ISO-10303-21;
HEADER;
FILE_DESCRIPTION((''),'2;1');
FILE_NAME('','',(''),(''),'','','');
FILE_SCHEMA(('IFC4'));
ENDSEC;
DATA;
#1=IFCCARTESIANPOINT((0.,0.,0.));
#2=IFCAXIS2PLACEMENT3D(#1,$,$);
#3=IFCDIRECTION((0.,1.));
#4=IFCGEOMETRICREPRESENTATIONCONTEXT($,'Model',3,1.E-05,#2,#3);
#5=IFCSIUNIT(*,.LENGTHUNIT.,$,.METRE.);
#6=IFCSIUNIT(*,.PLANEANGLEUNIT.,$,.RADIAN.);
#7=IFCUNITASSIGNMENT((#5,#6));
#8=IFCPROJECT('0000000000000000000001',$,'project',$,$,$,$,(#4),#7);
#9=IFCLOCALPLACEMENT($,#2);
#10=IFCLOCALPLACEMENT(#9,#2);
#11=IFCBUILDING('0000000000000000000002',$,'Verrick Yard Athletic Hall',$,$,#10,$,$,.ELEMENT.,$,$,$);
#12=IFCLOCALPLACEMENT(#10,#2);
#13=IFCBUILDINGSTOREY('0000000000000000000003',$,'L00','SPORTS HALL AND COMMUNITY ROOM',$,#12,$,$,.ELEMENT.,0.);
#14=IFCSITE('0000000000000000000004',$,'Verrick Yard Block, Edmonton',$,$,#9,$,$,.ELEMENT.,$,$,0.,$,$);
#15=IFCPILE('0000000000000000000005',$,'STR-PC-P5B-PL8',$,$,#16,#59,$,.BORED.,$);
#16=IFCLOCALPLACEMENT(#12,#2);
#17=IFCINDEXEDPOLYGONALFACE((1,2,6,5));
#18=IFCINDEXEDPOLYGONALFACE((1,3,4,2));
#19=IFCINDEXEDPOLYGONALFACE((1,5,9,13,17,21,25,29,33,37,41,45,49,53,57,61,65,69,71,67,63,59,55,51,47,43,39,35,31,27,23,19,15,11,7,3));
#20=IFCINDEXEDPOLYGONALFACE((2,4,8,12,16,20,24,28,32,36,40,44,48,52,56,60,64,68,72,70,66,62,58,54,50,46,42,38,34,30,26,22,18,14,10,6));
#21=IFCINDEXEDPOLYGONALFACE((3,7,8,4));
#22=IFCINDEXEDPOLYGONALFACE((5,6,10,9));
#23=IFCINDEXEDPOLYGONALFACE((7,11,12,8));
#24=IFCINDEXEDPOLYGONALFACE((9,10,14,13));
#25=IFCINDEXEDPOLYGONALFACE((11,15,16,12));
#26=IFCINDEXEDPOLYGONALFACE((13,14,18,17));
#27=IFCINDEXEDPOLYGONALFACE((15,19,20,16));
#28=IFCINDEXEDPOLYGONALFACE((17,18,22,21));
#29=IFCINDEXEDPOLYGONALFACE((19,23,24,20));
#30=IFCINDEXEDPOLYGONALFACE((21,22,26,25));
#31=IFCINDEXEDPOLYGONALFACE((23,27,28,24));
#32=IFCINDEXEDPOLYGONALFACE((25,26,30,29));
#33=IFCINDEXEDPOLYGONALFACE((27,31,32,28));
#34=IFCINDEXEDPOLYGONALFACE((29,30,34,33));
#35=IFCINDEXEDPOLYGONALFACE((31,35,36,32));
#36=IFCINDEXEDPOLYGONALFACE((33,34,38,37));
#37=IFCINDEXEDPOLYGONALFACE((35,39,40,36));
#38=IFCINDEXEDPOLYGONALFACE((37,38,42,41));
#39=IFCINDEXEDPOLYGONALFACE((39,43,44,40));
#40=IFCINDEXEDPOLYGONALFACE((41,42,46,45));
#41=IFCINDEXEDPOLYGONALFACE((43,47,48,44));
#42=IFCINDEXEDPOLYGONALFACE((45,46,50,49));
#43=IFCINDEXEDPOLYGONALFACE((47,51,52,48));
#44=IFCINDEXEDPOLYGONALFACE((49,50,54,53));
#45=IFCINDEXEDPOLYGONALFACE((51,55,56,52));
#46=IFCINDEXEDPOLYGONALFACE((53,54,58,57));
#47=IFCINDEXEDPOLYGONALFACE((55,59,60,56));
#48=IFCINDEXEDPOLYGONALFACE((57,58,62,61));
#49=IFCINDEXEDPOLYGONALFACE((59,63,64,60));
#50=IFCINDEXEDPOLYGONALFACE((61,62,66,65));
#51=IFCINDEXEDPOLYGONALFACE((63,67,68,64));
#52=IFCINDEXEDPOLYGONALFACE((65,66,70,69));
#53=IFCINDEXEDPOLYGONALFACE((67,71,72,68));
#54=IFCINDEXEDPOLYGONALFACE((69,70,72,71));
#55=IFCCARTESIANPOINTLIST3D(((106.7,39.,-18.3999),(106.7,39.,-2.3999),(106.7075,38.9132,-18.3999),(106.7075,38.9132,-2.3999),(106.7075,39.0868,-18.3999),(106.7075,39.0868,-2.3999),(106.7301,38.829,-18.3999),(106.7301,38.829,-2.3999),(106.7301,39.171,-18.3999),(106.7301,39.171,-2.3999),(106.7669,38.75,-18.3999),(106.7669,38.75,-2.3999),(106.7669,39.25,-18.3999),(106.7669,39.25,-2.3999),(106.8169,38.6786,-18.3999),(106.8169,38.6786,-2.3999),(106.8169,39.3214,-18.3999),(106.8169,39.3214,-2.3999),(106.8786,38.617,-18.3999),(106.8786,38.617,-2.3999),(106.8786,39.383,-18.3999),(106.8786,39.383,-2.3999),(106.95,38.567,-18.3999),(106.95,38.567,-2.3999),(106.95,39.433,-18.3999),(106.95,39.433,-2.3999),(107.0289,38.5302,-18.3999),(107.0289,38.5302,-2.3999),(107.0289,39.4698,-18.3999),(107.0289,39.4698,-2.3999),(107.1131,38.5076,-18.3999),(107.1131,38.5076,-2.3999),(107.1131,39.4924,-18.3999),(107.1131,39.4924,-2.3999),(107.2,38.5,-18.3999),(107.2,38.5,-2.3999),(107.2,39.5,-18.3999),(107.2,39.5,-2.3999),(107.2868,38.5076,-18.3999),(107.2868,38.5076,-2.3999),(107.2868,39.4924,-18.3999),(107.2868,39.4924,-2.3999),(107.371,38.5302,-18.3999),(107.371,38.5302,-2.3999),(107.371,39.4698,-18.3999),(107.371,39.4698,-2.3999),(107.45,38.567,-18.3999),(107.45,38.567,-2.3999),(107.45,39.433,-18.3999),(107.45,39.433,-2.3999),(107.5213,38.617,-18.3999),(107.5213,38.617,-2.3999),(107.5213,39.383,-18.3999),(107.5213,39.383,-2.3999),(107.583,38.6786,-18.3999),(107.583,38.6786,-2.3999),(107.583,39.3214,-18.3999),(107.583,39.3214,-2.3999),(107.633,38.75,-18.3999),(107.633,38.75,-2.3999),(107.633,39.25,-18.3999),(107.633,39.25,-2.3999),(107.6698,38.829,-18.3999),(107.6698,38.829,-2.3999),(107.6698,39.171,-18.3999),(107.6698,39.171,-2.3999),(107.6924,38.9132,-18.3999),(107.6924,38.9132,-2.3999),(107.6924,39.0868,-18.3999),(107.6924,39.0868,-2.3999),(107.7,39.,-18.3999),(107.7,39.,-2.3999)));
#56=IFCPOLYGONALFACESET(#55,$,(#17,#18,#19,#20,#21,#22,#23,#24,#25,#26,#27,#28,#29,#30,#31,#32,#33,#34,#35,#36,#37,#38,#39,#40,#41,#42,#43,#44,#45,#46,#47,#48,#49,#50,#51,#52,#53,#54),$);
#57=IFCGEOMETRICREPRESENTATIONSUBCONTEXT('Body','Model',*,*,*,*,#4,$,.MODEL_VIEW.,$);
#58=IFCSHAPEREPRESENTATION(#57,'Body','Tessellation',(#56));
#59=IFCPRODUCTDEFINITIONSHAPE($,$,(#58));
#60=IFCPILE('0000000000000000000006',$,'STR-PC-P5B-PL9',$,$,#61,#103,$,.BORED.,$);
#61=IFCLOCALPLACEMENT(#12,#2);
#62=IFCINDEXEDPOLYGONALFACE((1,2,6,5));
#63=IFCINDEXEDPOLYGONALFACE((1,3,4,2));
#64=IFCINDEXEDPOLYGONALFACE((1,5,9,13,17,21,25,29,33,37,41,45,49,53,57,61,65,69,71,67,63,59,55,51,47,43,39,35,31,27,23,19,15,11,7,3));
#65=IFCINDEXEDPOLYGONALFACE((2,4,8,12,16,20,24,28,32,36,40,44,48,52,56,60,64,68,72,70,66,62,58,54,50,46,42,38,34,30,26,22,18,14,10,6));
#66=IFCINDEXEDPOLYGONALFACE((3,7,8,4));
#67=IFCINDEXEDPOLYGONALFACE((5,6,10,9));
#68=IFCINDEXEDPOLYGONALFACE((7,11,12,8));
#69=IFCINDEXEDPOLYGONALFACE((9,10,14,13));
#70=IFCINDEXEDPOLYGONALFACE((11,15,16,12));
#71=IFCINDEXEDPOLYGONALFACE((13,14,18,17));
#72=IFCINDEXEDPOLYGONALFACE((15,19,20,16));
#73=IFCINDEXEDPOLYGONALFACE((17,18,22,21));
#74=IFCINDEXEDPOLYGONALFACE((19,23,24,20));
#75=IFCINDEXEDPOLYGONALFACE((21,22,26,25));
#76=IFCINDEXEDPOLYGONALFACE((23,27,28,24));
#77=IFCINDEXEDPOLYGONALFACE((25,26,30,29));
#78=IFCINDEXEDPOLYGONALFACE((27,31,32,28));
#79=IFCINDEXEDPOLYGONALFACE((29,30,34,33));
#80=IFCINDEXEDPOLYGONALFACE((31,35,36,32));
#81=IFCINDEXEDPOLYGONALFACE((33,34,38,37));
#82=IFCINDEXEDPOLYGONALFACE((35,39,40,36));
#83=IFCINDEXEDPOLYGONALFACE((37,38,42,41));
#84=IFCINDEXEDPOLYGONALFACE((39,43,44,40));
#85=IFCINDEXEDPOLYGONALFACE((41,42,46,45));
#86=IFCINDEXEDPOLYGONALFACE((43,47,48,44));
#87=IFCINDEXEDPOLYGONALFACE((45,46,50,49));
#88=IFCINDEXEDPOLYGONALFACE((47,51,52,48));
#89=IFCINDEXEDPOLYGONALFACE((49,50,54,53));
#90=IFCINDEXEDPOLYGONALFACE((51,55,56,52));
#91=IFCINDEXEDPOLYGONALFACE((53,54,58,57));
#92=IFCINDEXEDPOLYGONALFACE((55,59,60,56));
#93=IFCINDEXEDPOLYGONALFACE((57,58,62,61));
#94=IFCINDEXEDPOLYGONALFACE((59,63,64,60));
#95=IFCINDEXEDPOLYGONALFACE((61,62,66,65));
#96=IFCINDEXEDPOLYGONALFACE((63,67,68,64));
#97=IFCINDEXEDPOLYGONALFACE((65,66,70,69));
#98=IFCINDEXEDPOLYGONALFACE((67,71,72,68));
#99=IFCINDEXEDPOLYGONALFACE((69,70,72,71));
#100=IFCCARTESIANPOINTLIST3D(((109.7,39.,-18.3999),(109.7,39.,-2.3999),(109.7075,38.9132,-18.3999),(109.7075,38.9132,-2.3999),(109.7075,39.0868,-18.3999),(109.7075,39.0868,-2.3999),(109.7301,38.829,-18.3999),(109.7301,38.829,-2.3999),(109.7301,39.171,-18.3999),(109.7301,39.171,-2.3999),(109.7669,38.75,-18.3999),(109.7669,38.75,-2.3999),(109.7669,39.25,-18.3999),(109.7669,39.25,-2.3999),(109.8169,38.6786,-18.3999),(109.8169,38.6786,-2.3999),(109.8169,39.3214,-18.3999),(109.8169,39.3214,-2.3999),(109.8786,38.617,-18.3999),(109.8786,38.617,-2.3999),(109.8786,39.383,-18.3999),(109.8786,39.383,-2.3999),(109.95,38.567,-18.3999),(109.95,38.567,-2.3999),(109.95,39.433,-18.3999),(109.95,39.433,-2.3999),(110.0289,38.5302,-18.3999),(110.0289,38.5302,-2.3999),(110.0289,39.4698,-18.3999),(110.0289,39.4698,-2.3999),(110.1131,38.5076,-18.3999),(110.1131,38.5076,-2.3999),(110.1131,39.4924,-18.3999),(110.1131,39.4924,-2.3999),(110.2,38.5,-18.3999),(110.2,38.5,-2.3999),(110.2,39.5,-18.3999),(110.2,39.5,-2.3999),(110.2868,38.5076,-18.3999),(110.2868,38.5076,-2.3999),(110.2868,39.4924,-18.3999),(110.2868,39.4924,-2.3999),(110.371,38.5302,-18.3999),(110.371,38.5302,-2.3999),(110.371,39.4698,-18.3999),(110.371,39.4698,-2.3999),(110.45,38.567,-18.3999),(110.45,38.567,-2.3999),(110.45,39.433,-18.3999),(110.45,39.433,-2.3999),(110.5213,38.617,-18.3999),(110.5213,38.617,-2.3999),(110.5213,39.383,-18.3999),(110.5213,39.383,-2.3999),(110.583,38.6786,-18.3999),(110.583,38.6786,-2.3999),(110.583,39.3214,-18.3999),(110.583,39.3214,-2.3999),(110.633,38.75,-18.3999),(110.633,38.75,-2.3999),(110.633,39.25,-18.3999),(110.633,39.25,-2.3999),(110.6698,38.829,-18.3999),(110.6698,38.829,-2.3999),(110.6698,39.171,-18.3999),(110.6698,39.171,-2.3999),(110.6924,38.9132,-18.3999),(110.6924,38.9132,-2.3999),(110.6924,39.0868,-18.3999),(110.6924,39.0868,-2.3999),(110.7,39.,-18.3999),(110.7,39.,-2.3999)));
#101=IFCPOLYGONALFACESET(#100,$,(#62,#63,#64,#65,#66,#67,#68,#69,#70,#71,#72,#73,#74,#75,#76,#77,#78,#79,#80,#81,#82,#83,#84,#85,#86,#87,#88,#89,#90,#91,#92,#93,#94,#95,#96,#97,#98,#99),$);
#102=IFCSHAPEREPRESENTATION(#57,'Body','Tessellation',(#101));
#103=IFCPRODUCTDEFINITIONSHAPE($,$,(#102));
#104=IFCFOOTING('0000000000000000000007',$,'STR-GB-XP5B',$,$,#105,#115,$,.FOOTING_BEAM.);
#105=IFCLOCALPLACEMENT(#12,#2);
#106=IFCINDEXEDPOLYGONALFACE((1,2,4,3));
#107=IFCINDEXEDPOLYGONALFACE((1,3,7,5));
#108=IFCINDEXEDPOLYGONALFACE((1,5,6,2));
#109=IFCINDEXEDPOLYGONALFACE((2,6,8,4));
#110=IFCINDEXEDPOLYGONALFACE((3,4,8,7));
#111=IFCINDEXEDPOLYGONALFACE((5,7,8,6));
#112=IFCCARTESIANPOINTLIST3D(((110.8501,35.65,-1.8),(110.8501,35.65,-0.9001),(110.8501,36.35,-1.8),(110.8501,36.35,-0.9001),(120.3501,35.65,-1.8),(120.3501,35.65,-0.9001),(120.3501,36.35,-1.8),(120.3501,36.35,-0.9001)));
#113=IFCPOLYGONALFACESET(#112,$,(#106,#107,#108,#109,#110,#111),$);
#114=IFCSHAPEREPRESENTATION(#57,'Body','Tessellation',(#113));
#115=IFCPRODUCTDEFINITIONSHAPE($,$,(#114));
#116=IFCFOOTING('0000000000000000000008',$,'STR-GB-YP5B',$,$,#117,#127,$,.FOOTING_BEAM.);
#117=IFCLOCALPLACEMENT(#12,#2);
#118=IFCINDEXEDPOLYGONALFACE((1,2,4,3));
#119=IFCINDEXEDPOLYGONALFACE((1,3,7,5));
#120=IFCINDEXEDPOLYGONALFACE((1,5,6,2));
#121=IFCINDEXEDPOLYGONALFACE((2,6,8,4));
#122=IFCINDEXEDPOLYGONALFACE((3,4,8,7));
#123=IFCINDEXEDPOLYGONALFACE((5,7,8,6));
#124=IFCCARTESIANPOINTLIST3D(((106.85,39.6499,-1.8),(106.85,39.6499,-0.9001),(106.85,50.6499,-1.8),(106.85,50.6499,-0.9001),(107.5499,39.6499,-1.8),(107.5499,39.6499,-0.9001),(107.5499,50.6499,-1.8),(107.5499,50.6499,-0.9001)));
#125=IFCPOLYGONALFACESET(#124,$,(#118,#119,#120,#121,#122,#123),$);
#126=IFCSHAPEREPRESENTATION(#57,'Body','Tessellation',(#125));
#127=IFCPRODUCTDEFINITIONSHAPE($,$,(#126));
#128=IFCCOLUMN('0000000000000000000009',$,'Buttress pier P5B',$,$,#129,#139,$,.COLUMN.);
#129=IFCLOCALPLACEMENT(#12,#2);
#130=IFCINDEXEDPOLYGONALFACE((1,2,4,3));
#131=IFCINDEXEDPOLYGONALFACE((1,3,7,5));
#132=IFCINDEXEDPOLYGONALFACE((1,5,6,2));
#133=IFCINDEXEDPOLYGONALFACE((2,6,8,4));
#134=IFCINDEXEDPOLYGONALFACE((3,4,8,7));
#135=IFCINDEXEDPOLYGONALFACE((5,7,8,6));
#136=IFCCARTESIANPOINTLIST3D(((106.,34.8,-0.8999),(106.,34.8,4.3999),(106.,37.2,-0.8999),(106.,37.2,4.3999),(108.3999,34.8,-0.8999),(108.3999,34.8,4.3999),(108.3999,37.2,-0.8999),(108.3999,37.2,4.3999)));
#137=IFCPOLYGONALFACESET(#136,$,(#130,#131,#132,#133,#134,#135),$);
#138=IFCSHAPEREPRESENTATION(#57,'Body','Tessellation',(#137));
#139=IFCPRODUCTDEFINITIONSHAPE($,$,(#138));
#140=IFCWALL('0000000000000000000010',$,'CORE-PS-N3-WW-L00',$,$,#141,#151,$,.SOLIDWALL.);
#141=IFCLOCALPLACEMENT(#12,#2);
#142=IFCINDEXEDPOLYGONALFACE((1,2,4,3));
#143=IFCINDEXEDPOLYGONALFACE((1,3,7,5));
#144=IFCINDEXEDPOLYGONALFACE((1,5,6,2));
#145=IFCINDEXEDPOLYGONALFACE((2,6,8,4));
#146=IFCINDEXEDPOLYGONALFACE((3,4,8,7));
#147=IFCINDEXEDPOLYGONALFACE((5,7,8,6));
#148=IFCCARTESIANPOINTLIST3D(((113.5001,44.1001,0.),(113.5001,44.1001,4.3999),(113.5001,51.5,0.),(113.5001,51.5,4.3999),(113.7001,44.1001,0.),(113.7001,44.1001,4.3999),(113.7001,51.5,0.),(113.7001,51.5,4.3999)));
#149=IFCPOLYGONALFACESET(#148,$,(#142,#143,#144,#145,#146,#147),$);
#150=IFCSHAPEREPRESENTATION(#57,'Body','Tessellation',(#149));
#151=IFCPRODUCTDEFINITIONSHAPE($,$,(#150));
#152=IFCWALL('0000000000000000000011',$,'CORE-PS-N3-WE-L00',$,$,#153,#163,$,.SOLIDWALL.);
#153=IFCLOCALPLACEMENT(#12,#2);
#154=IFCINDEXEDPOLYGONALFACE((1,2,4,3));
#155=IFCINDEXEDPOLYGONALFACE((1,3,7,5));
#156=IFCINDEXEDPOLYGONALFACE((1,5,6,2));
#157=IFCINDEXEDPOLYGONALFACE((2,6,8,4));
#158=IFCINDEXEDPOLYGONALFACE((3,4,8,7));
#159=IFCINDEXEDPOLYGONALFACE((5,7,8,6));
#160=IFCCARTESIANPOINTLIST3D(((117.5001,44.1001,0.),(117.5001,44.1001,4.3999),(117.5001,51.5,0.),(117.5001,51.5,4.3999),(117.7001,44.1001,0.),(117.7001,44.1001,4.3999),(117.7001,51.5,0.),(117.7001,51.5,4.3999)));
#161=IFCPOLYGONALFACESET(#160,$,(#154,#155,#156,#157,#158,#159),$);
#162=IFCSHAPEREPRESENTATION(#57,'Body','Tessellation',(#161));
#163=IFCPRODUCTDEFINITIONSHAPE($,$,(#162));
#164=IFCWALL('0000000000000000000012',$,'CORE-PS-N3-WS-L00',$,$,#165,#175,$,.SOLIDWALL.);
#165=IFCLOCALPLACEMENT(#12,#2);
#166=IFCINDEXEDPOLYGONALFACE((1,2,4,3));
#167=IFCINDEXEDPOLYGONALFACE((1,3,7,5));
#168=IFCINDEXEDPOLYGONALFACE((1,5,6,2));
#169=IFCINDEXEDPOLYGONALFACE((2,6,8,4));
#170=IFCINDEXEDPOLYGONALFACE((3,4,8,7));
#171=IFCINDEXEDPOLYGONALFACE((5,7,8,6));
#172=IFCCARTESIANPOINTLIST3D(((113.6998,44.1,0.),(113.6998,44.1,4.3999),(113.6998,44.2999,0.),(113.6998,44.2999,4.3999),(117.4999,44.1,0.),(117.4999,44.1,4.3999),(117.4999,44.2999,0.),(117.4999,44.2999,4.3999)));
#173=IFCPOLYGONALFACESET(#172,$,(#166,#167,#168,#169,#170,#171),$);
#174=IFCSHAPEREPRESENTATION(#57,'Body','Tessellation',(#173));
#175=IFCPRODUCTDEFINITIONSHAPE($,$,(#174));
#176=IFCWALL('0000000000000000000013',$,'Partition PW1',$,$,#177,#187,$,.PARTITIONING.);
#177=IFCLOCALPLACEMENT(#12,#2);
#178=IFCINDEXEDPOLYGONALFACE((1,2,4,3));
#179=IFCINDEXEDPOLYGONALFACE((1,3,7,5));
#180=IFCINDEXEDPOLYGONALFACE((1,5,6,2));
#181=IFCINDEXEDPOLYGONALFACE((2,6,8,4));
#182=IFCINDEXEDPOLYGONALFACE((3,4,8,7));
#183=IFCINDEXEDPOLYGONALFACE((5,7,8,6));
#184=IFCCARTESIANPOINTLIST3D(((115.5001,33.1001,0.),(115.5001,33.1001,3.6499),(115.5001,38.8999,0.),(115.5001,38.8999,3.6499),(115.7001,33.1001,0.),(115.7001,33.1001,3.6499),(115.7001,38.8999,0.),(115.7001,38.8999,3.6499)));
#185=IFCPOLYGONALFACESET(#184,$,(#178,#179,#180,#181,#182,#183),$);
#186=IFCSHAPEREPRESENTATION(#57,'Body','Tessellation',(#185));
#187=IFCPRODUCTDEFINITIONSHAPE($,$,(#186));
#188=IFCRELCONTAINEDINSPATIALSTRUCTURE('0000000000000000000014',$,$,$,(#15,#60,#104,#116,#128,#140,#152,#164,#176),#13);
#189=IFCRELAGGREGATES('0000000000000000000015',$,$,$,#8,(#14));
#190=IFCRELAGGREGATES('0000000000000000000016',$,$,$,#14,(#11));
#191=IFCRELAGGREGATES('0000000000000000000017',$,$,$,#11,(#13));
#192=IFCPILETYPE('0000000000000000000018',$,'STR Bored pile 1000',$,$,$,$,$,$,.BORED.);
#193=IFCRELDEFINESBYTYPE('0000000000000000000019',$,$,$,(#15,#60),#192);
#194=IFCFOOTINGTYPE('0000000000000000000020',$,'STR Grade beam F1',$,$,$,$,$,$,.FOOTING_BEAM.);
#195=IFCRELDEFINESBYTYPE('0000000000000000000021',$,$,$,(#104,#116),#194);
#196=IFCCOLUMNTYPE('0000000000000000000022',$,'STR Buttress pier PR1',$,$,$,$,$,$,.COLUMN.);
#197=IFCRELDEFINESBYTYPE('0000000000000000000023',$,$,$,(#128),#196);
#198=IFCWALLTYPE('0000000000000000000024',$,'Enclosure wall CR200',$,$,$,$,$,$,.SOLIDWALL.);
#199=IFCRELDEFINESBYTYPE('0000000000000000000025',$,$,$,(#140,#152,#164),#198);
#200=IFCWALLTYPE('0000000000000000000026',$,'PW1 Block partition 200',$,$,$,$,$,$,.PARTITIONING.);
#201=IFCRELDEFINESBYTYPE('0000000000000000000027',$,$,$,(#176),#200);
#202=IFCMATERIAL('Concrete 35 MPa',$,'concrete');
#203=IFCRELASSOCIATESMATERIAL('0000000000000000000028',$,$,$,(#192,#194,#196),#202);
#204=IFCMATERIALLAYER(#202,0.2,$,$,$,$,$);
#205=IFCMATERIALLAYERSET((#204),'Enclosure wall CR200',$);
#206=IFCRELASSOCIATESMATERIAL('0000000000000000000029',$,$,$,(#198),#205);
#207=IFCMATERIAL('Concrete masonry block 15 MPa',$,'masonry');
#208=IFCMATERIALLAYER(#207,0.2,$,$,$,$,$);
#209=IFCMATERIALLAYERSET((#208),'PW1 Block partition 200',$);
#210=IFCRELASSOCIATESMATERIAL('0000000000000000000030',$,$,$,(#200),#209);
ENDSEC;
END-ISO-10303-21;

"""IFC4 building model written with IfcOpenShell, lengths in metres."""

from ifc_helpers import new_model, si_unit, direction, frame, frame_2d, origin, origin_2d, place, context, subcontext, project, spatial, rectangle, circle, extrude, material, layer, layer_set, material_profile, profile_set, type_object, element, save


model = new_model("IFC4")

# Units and contexts
model_context = context("Model", 3, precision=1e-05, world=origin(), true_north=direction((0.0, 1.0)))
body_context = subcontext(model_context, "Body", "Model", "MODEL_VIEW")
ifc_project = project(units=[si_unit("LENGTHUNIT", "METRE"), si_unit("PLANEANGLEUNIT", "RADIAN")], contexts=[model_context])

# Site, building, storey
site_placement = place(None, origin())
site = spatial("IfcSite", under=ifc_project, at=site_placement, Name="Verrick Yard Block, Edmonton", CompositionType="ELEMENT", RefElevation=0.0)
building_placement = place(site_placement, origin())
building = spatial("IfcBuilding", under=site, at=building_placement, Name="Verrick Yard Athletic Hall", CompositionType="ELEMENT")
storey_placement = place(building_placement, origin())
storey = spatial("IfcBuildingStorey", under=building, at=storey_placement, Name="L00", Description="SPORTS HALL AND COMMUNITY ROOM", CompositionType="ELEMENT", Elevation=0.0)

# Piles
ifc_material_1 = material(Name="Concrete 35 MPa", Category="concrete")
pile_type = type_object("IfcPileType", Name="STR Bored pile 1000", PredefinedType="BORED", material=ifc_material_1)
for number, where, z_axis, x_axis, name in (
    (1, (107.2, 39.0, -2.3999), (0.0, 0.0, -1.0), (1.0, 0.0, 0.0), "STR-PC-P5B-PL8"),
    (2, (110.2, 39.0, -2.3999), (0.0, 0.0, -1.0), (1.0, 0.0, 0.0), "STR-PC-P5B-PL9"),
):
    element("IfcPile", number, at=place(storey_placement, frame(where, z_axis=z_axis, x_axis=x_axis)), inside=storey, type_object=pile_type, Name=name, PredefinedType="BORED", context=body_context, shape_type="SweptSolid", body=[
        extrude(circle(Radius=0.5, at=origin_2d()), origin(), (0.0, 0.0, 1.0), 16.0),
    ])

# Footings
ifc_material_profile_1 = material_profile(ifc_material_1, rectangle(XDim=0.7, YDim=0.8999, at=origin_2d()), Name="STR Grade beam F1")
ifc_profile_set_1 = profile_set([ifc_material_profile_1], Name="Concrete 35 MPa")
footing_type = type_object("IfcFootingType", Name="STR Grade beam F1", PredefinedType="FOOTING_BEAM", material=ifc_profile_set_1)
footing_1_placement = place(storey_placement, frame((110.8501, 36.0, -1.3501), z_axis=(1.0, 0.0, 0.0), x_axis=(0.0, 1.0, 0.0)))
element("IfcFooting", 3, at=footing_1_placement, inside=storey, type_object=footing_type, Name="STR-GB-XP5B", PredefinedType="FOOTING_BEAM", context=body_context, shape_type="SweptSolid", body=[
    extrude(rectangle(XDim=0.7, YDim=0.8999, at=origin_2d()), origin(), (0.0, 0.0, 1.0), 9.5),
])
footing_2_placement = place(storey_placement, frame((107.2, 39.6499, -1.3501), z_axis=(0.0, 1.0, 0.0), x_axis=(-1.0, 0.0, 0.0)))
element("IfcFooting", 4, at=footing_2_placement, inside=storey, type_object=footing_type, Name="STR-GB-YP5B", PredefinedType="FOOTING_BEAM", context=body_context, shape_type="SweptSolid", body=[
    extrude(rectangle(XDim=0.7, YDim=0.8999, at=origin_2d()), origin(), (0.0, 0.0, 1.0), 11.0),
])

# Column
ifc_material_profile_2 = material_profile(ifc_material_1, rectangle(XDim=2.3999, YDim=2.3999, at=origin_2d()), Name="STR Buttress pier PR1")
ifc_profile_set_2 = profile_set([ifc_material_profile_2], Name="Concrete 35 MPa")
column_type = type_object("IfcColumnType", Name="STR Buttress pier PR1", PredefinedType="COLUMN", material=ifc_profile_set_2)
column_placement = place(storey_placement, frame((107.2, 36.0, -0.8999), z_axis=(0.0, 0.0, 1.0), x_axis=(1.0, 0.0, 0.0)))
element("IfcColumn", 5, at=column_placement, inside=storey, type_object=column_type, Name="Buttress pier P5B", PredefinedType="COLUMN", context=body_context, shape_type="SweptSolid", body=[
    extrude(rectangle(XDim=2.3999, YDim=2.3999, at=origin_2d()), origin(), (0.0, 0.0, 1.0), 5.2998),
])

# Walls
ifc_layer_1 = layer(ifc_material_1, 0.2)
ifc_layer_set_1 = layer_set([ifc_layer_1], Name="Enclosure wall CR200")
wall_type_1 = type_object("IfcWallType", Name="Enclosure wall CR200", PredefinedType="SOLIDWALL", material=ifc_layer_set_1)
for number, where, z_axis, x_axis, name in (
    (6, (113.6001, 44.1001, 0.0), (0.0, 0.0, 1.0), (0.0, 1.0, 0.0), "CORE-PS-N3-WW-L00"),
    (7, (117.6001, 44.1001, 0.0), (0.0, 0.0, 1.0), (0.0, 1.0, 0.0), "CORE-PS-N3-WE-L00"),
):
    element("IfcWall", number, at=place(storey_placement, frame(where, z_axis=z_axis, x_axis=x_axis)), inside=storey, type_object=wall_type_1, Name=name, PredefinedType="SOLIDWALL", context=body_context, shape_type="SweptSolid", body=[
        extrude(rectangle(XDim=7.3999, YDim=0.2, at=frame_2d((3.7, 0.0))), origin(), (0.0, 0.0, 1.0), 4.3999),
    ])
wall_1_placement = place(storey_placement, frame((113.7, 44.2, 0.0), z_axis=(0.0, 0.0, 1.0), x_axis=(1.0, 0.0, 0.0)))
element("IfcWall", 8, at=wall_1_placement, inside=storey, type_object=wall_type_1, Name="CORE-PS-N3-WS-L00", PredefinedType="SOLIDWALL", context=body_context, shape_type="SweptSolid", body=[
    extrude(rectangle(XDim=3.8, YDim=0.2, at=frame_2d((1.8999, 0.0))), origin(), (0.0, 0.0, 1.0), 4.3999),
])
ifc_material_2 = material(Name="Concrete masonry block 15 MPa", Category="masonry")
ifc_layer_2 = layer(ifc_material_2, 0.2)
ifc_layer_set_2 = layer_set([ifc_layer_2], Name="PW1 Block partition 200")
wall_type_2 = type_object("IfcWallType", Name="PW1 Block partition 200", PredefinedType="PARTITIONING", material=ifc_layer_set_2)
wall_2_placement = place(storey_placement, frame((115.6001, 33.1001, 0.0), z_axis=(0.0, 0.0, 1.0), x_axis=(0.0, 1.0, 0.0)))
element("IfcWall", 9, at=wall_2_placement, inside=storey, type_object=wall_type_2, Name="Partition PW1", PredefinedType="PARTITIONING", context=body_context, shape_type="SweptSolid", body=[
    extrude(rectangle(XDim=5.7998, YDim=0.2, at=frame_2d((2.8999, 0.0))), origin(), (0.0, 0.0, 1.0), 3.6499),
])

save(model, "model.ifc")
